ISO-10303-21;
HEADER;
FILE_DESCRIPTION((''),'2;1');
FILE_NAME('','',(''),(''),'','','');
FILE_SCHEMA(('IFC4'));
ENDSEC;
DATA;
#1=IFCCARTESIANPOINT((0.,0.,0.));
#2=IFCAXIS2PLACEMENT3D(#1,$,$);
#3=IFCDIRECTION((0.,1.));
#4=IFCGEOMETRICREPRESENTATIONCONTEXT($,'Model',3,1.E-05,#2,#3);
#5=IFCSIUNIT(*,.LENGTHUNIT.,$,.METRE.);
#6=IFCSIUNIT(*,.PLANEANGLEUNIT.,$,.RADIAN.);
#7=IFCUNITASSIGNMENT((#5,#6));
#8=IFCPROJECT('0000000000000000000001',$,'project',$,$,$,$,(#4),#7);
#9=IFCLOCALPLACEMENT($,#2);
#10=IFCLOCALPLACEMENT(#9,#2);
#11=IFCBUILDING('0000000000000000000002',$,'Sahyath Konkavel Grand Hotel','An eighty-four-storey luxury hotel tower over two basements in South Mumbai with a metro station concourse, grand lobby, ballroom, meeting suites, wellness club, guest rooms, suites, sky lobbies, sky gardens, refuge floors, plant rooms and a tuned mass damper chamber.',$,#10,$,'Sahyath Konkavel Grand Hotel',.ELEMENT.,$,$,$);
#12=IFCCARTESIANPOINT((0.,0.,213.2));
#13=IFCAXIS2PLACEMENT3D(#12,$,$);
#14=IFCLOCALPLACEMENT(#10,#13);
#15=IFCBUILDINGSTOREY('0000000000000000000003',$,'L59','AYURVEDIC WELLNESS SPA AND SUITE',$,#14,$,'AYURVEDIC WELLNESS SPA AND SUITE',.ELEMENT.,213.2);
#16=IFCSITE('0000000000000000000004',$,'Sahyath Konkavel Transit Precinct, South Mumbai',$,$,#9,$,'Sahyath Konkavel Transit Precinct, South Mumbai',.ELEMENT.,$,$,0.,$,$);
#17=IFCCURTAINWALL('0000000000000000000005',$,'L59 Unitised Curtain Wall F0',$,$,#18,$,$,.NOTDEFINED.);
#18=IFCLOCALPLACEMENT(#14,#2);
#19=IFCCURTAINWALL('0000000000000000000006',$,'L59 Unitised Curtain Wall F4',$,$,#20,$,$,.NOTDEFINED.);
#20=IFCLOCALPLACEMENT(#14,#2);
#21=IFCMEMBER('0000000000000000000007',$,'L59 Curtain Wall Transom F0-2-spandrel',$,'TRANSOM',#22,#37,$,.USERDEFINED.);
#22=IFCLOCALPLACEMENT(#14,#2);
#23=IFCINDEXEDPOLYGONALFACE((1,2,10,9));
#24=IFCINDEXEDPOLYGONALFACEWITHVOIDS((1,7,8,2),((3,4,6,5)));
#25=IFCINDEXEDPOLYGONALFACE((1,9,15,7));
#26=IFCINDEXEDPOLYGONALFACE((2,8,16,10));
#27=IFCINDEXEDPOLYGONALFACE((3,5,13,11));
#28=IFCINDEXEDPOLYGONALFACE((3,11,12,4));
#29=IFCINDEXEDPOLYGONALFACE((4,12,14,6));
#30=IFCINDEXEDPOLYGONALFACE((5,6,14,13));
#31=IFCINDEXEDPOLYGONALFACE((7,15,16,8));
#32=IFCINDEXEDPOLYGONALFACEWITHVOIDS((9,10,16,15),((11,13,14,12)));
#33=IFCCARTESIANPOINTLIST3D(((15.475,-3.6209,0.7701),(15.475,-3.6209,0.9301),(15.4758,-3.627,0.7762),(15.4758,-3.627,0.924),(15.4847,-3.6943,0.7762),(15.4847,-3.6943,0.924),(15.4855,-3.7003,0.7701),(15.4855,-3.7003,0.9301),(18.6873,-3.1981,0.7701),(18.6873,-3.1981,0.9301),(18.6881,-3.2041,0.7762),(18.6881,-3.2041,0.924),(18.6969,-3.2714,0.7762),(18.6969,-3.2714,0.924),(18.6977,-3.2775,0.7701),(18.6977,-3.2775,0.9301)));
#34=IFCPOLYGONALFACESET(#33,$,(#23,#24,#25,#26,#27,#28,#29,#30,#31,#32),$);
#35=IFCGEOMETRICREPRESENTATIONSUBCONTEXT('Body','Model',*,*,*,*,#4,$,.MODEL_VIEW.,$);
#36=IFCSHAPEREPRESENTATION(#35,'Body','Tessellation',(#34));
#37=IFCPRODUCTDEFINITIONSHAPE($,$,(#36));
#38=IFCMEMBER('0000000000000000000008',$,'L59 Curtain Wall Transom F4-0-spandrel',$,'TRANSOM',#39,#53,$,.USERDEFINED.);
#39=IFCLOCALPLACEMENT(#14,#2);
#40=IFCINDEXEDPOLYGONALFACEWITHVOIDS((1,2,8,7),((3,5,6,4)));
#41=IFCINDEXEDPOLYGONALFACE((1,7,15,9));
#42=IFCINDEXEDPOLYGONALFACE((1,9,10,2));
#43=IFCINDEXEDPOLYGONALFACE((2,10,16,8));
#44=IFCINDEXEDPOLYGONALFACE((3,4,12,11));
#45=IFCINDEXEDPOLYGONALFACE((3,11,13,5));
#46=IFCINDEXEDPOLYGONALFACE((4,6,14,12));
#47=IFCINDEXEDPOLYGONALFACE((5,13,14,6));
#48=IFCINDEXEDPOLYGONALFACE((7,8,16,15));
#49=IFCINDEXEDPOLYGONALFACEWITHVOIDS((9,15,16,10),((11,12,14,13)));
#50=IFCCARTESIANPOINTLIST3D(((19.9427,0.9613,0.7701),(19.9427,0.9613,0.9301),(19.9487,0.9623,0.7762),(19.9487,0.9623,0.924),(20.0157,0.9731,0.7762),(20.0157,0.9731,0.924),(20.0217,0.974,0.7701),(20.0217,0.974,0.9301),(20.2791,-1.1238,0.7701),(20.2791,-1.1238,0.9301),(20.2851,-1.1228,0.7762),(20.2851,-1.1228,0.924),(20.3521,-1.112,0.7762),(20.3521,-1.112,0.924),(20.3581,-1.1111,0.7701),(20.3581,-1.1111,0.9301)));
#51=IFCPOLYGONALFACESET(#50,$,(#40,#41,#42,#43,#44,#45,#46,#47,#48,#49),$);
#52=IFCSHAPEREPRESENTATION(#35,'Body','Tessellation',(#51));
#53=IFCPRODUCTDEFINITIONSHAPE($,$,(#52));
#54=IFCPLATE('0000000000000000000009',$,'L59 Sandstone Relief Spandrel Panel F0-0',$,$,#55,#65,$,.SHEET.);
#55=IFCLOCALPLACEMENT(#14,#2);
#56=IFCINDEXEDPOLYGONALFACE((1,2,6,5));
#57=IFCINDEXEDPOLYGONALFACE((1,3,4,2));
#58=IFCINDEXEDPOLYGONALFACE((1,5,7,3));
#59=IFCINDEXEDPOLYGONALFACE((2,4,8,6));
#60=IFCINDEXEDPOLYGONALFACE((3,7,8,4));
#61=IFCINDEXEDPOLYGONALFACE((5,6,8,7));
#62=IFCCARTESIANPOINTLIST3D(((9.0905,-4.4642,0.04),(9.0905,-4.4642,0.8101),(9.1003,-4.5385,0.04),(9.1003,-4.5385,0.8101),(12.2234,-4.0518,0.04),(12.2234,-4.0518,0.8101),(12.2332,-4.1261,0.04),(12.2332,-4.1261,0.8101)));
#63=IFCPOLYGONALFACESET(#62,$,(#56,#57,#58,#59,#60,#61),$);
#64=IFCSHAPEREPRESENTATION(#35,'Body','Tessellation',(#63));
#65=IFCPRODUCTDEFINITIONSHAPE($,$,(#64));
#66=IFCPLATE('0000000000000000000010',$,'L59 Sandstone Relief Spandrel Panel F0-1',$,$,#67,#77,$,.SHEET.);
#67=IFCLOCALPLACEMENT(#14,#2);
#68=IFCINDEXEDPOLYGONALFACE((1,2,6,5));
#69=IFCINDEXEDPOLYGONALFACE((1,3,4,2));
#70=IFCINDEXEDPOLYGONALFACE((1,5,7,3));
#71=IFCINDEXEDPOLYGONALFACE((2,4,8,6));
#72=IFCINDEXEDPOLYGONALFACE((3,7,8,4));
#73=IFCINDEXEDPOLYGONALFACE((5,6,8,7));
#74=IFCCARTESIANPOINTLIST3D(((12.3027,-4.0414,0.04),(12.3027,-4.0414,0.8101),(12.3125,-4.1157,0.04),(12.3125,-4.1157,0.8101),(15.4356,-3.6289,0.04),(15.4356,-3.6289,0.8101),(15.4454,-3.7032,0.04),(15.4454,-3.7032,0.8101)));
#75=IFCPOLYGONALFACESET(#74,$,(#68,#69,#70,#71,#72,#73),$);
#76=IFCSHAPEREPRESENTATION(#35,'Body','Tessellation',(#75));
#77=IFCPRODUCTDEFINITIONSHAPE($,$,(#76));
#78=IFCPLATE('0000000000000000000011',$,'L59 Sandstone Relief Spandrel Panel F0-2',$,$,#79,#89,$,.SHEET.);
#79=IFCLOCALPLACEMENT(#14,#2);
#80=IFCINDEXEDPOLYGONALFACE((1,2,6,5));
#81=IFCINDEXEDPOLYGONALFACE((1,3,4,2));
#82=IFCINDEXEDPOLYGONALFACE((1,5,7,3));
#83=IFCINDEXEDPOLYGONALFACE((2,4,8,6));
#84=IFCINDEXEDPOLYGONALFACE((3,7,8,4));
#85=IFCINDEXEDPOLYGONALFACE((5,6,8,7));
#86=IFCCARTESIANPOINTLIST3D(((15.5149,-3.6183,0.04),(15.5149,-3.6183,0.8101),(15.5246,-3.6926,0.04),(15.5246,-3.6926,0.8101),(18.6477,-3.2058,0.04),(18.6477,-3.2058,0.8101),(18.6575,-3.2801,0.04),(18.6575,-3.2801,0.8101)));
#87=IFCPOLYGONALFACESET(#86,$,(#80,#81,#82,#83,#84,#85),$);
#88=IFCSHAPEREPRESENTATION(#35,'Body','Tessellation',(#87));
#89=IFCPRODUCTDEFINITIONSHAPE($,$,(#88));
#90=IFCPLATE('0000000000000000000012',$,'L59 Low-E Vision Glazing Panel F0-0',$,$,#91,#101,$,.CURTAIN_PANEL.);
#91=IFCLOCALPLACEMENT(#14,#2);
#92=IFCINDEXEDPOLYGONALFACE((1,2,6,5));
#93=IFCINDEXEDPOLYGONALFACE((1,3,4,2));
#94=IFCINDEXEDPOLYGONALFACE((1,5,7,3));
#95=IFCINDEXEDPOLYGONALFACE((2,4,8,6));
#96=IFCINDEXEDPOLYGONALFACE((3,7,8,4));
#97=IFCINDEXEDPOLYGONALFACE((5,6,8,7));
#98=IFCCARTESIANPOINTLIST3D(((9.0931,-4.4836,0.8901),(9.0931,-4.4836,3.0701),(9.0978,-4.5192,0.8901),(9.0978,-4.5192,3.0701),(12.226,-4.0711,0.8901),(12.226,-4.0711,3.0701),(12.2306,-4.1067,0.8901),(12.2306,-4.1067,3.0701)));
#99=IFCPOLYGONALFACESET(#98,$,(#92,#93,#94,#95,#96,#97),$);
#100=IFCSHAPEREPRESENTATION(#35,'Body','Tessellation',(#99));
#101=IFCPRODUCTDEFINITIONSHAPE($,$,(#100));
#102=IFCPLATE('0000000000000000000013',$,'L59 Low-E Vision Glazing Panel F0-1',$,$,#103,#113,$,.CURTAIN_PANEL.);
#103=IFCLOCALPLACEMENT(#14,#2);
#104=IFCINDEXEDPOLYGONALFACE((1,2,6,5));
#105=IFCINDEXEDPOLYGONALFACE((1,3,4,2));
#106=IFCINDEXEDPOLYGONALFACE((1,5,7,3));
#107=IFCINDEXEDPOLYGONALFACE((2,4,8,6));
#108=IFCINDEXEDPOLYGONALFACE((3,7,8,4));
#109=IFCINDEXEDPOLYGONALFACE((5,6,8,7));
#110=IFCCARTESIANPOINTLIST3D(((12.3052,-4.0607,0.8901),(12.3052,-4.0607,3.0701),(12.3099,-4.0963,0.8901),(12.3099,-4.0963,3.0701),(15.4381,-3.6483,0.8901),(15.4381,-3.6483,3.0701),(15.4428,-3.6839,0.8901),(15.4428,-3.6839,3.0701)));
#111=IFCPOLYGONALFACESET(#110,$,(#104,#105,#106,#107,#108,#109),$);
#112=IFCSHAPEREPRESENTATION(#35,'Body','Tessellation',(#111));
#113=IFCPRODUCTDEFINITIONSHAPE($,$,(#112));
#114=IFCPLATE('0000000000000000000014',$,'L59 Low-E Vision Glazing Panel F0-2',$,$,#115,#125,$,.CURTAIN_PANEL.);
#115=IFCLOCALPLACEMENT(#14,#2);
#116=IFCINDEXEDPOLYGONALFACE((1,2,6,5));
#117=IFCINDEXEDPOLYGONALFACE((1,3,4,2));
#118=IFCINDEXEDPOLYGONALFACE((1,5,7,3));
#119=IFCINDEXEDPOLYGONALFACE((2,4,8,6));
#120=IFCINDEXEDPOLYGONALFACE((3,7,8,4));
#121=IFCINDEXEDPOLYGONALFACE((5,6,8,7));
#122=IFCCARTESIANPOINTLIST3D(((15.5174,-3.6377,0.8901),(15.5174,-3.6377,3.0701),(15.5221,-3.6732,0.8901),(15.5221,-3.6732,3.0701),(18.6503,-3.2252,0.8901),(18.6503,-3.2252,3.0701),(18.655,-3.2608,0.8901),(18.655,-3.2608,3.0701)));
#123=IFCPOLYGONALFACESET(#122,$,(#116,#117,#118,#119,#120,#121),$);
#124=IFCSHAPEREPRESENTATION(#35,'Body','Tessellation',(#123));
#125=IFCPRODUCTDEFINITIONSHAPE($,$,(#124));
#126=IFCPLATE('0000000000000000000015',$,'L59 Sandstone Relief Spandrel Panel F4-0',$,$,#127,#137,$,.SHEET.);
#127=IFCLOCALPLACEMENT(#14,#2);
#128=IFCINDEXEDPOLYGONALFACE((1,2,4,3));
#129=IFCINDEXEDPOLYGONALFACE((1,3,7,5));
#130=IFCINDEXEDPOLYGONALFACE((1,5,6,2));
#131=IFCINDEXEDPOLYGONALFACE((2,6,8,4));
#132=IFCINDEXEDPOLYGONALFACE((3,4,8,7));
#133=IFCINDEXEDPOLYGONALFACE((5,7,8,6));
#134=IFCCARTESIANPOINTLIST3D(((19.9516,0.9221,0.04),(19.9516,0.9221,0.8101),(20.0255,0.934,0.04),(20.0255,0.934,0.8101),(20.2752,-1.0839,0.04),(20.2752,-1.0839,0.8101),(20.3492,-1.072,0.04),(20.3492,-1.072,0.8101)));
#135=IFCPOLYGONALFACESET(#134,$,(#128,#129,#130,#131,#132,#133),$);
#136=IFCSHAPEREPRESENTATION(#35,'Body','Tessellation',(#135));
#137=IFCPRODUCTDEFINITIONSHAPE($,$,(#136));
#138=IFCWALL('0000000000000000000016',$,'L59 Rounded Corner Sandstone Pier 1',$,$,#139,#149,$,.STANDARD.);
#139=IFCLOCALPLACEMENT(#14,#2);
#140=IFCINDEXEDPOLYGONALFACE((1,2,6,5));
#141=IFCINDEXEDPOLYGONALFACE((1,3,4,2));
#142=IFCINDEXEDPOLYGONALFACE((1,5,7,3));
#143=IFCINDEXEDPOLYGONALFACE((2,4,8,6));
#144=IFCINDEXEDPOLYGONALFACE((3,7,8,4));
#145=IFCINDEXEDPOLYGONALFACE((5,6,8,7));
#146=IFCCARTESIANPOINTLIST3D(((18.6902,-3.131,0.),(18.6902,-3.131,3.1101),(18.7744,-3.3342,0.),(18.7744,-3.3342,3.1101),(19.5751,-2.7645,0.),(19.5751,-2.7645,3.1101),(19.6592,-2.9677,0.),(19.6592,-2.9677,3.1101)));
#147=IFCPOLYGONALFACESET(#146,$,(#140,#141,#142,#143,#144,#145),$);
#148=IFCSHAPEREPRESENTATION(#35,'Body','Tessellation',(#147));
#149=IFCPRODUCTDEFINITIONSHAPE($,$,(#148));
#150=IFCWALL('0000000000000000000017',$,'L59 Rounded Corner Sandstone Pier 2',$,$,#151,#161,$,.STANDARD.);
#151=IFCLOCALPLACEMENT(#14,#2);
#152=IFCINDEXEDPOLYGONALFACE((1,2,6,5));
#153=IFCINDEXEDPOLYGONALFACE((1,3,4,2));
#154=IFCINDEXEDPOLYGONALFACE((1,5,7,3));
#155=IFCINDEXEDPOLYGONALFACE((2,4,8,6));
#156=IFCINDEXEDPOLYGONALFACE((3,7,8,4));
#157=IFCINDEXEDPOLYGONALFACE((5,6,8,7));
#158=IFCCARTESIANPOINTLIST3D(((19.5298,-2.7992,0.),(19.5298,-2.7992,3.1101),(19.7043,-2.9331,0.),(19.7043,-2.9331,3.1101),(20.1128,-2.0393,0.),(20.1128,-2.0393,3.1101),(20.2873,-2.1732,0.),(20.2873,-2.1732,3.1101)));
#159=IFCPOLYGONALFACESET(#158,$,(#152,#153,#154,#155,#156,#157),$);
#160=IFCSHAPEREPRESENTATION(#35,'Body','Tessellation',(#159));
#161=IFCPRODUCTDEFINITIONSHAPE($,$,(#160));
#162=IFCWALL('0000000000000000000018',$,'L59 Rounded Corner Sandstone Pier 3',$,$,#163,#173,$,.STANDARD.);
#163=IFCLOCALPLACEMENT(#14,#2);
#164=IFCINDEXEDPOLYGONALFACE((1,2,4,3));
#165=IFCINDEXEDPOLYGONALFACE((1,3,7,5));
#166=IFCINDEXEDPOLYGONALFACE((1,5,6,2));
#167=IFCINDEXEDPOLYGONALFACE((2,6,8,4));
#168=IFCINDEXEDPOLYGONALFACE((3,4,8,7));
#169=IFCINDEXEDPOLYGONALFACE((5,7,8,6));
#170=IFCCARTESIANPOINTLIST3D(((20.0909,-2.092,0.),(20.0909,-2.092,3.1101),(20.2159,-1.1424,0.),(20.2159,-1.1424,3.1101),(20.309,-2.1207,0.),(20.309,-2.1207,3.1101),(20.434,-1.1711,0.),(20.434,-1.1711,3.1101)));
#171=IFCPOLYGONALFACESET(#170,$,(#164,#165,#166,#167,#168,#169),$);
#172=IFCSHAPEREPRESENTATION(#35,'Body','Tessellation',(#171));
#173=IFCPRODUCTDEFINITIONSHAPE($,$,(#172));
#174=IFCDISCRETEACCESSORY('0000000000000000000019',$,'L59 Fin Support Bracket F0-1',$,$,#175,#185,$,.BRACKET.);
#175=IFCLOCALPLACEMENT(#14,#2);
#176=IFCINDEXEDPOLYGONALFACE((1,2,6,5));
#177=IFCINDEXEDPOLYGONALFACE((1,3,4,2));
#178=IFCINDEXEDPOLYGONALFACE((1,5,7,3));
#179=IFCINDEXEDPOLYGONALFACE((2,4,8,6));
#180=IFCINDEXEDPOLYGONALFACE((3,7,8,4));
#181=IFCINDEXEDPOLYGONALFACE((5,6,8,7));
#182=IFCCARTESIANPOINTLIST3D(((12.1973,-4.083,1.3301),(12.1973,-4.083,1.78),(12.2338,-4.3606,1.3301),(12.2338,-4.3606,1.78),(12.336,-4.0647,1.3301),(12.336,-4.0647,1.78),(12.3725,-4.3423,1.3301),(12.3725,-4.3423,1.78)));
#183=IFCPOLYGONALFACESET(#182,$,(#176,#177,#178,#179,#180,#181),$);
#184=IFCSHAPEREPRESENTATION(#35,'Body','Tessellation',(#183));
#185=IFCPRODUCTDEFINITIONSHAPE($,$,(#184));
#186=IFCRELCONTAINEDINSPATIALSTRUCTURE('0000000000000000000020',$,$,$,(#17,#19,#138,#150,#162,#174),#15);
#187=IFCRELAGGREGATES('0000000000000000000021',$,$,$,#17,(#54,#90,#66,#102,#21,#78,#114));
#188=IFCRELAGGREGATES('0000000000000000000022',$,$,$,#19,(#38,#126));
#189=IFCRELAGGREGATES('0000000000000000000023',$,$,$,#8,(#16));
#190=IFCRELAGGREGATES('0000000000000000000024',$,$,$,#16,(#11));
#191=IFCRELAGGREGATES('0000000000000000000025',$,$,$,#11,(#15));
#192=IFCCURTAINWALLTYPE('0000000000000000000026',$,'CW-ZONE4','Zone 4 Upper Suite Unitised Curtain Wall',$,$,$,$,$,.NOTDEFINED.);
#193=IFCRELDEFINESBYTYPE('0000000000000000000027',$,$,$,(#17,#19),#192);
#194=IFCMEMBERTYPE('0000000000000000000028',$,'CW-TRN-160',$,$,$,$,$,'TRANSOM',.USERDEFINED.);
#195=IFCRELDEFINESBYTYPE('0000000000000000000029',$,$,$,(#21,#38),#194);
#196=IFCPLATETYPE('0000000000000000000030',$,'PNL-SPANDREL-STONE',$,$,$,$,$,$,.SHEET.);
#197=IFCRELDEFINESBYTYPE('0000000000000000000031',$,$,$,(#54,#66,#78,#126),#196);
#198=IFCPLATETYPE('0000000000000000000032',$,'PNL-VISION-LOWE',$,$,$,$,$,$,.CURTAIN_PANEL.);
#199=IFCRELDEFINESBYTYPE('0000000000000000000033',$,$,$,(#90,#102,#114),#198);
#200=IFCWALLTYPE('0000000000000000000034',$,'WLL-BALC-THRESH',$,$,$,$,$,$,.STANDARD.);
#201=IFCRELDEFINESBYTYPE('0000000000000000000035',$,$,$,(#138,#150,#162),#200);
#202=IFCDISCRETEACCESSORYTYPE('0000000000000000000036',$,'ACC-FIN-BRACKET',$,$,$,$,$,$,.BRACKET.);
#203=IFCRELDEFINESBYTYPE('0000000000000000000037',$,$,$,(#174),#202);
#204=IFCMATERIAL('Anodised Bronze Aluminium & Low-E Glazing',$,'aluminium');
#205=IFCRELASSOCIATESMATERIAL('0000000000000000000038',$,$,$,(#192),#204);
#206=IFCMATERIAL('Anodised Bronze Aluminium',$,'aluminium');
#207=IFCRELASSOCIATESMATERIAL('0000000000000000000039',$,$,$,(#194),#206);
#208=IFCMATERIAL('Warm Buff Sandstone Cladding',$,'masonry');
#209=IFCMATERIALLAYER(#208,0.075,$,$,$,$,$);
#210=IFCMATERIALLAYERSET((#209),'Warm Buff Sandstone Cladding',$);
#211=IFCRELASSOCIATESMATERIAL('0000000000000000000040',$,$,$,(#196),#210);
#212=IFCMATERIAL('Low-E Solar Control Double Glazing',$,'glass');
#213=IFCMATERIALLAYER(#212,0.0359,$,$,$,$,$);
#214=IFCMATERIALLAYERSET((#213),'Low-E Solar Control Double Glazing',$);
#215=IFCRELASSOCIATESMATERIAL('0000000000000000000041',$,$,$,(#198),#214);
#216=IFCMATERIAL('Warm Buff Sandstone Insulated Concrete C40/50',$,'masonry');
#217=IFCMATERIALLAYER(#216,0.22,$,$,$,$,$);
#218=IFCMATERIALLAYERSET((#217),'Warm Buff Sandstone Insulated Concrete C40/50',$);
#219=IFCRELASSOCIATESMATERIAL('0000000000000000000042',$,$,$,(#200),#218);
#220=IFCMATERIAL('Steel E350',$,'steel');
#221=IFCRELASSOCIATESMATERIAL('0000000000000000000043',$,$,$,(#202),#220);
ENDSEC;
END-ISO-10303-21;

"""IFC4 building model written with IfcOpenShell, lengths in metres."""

from ifc_helpers import new_model, si_unit, direction, frame, frame_2d, origin, origin_2d, place, context, subcontext, project, spatial, rectangle, hollow_rectangle, extrude, source, transform, mapped, material, layer, layer_set, material_profile, profile_set, type_object, element, aggregate, save


model = new_model("IFC4")

# Units and contexts
model_context = context("Model", 3, precision=1e-05, world=origin(), true_north=direction((0.0, 1.0)))
body_context = subcontext(model_context, "Body", "Model", "MODEL_VIEW")
ifc_project = project(units=[si_unit("LENGTHUNIT", "METRE"), si_unit("PLANEANGLEUNIT", "RADIAN")], contexts=[model_context])

# Site, building, storey
site_placement = place(None, origin())
site = spatial("IfcSite", under=ifc_project, at=site_placement, Name="Sahyath Konkavel Transit Precinct, South Mumbai", LongName="Sahyath Konkavel Transit Precinct, South Mumbai", CompositionType="ELEMENT", RefElevation=0.0)
building_placement = place(site_placement, origin())
building = spatial("IfcBuilding", under=site, at=building_placement, Name="Sahyath Konkavel Grand Hotel", Description="An eighty-four-storey luxury hotel tower over two basements in South Mumbai with a metro station concourse, grand lobby, ballroom, meeting suites, wellness club, guest rooms, suites, sky lobbies, sky gardens, refuge floors, plant rooms and a tuned mass damper chamber.", LongName="Sahyath Konkavel Grand Hotel", CompositionType="ELEMENT")
storey_placement = place(building_placement, frame((0.0, 0.0, 213.2)))
storey = spatial("IfcBuildingStorey", under=building, at=storey_placement, Name="L59", Description="AYURVEDIC WELLNESS SPA AND SUITE", LongName="AYURVEDIC WELLNESS SPA AND SUITE", CompositionType="ELEMENT", Elevation=213.2)

# Shared definitions
ifc_material_1 = material(Name="Steel E350", Category="steel")

# Curtain wall
ifc_material_2 = material(Name="Anodised Bronze Aluminium & Low-E Glazing", Category="aluminium")
curtain_wall_type = type_object("IfcCurtainWallType", Name="CW-ZONE4", Description="Zone 4 Upper Suite Unitised Curtain Wall", PredefinedType="NOTDEFINED", material=ifc_material_2)
curtain_wall_1_placement = place(storey_placement, origin())
curtain_wall_1 = element("IfcCurtainWall", 1, at=curtain_wall_1_placement, inside=storey, type_object=curtain_wall_type, Name="L59 Unitised Curtain Wall F0", PredefinedType="NOTDEFINED")
ifc_material_3 = material(Name="Anodised Bronze Aluminium", Category="aluminium")

# Curtain wall
curtain_wall_2_placement = place(storey_placement, origin())
curtain_wall_2 = element("IfcCurtainWall", 2, at=curtain_wall_2_placement, inside=storey, type_object=curtain_wall_type, Name="L59 Unitised Curtain Wall F4", PredefinedType="NOTDEFINED")

# Members
ifc_material_profile_1 = material_profile(ifc_material_3, hollow_rectangle(XDim=0.0801, YDim=0.1599, WallThickness=0.0061, at=origin_2d()), Name="RHS 160x80x6")
ifc_profile_set_1 = profile_set([ifc_material_profile_1], Name="Anodised Bronze Aluminium")
member_type_1 = type_object("IfcMemberType", Name="CW-TRN-160", ElementType="TRANSOM", PredefinedType="USERDEFINED", material=ifc_profile_set_1)
shared_shape_1 = source(origin(), body_context, "Body", "SweptSolid", [
    extrude(hollow_rectangle(XDim=0.0801, YDim=0.1599, WallThickness=0.0061, at=origin_2d()), origin(), (0.0, 0.0, 1.0), 3.24),
])
member_1_placement = place(storey_placement, frame((15.4802, -3.6606, 0.8501), z_axis=(0.991446, 0.130515, 0.0), x_axis=(-0.130515, 0.991446, 0.0)))
member_1 = element("IfcMember", 3, at=member_1_placement, type_object=member_type_1, Name="L59 Curtain Wall Transom F0-2-spandrel", ObjectType="TRANSOM", PredefinedType="USERDEFINED", context=body_context, shape_type="MappedRepresentation", body=[
    mapped(shared_shape_1, transform((0.0, 0.0, 0.0), scale=1.0)),
])
shared_shape_2 = source(origin(), body_context, "Body", "SweptSolid", [
    extrude(hollow_rectangle(XDim=0.0801, YDim=0.1599, WallThickness=0.0061, at=origin_2d()), origin(), (0.0, 0.0, 1.0), 2.1121),
])
member_2_placement = place(storey_placement, frame((20.3186, -1.1174, 0.8501), z_axis=(-0.15928, 0.987233, 0.0), x_axis=(-0.987233, -0.15928, 0.0)))
member_2 = element("IfcMember", 4, at=member_2_placement, type_object=member_type_1, Name="L59 Curtain Wall Transom F4-0-spandrel", ObjectType="TRANSOM", PredefinedType="USERDEFINED", context=body_context, shape_type="MappedRepresentation", body=[
    mapped(shared_shape_2, transform((0.0, 0.0, 0.0), scale=1.0)),
])

# Plates
ifc_material_4 = material(Name="Warm Buff Sandstone Cladding", Category="masonry")
ifc_layer_1 = layer(ifc_material_4, 0.075)
ifc_layer_set_1 = layer_set([ifc_layer_1], Name="Warm Buff Sandstone Cladding")
plate_type_1 = type_object("IfcPlateType", Name="PNL-SPANDREL-STONE", PredefinedType="SHEET", material=ifc_layer_set_1)
shared_shape_3 = source(origin(), body_context, "Body", "SweptSolid", [
    extrude(rectangle(XDim=3.1599, YDim=0.075, at=origin_2d()), origin(), (0.0, 0.0, 1.0), 0.77),
])
plate_1_placement = place(storey_placement, frame((10.6619, -4.2952, 0.04), z_axis=(0.0, 0.0, 1.0), x_axis=(0.991445, 0.130526, 0.0)))
plate_1 = element("IfcPlate", 5, at=plate_1_placement, type_object=plate_type_1, Name="L59 Sandstone Relief Spandrel Panel F0-0", PredefinedType="SHEET", context=body_context, shape_type="MappedRepresentation", body=[
    mapped(shared_shape_3, transform((0.0, 0.0, 0.0), scale=1.0)),
])
plate_2_placement = place(storey_placement, frame((13.874, -3.8723, 0.04), z_axis=(0.0, 0.0, 1.0), x_axis=(0.991445, 0.130526, 0.0)))
plate_2 = element("IfcPlate", 6, at=plate_2_placement, type_object=plate_type_1, Name="L59 Sandstone Relief Spandrel Panel F0-1", PredefinedType="SHEET", context=body_context, shape_type="MappedRepresentation", body=[
    mapped(shared_shape_3, transform((0.0, 0.0, 0.0), scale=1.0)),
])
plate_3_placement = place(storey_placement, frame((17.0862, -3.4492, 0.04), z_axis=(0.0, 0.0, 1.0), x_axis=(0.991445, 0.130526, 0.0)))
plate_3 = element("IfcPlate", 7, at=plate_3_placement, type_object=plate_type_1, Name="L59 Sandstone Relief Spandrel Panel F0-2", PredefinedType="SHEET", context=body_context, shape_type="MappedRepresentation", body=[
    mapped(shared_shape_3, transform((0.0, 0.0, 0.0), scale=1.0)),
])
ifc_material_5 = material(Name="Low-E Solar Control Double Glazing", Category="glass")
ifc_layer_2 = layer(ifc_material_5, 0.0359)
ifc_layer_set_2 = layer_set([ifc_layer_2], Name="Low-E Solar Control Double Glazing")
plate_type_2 = type_object("IfcPlateType", Name="PNL-VISION-LOWE", PredefinedType="CURTAIN_PANEL", material=ifc_layer_set_2)
shared_shape_4 = source(origin(), body_context, "Body", "SweptSolid", [
    extrude(rectangle(XDim=3.1599, YDim=0.0359, at=origin_2d()), origin(), (0.0, 0.0, 1.0), 2.1799),
])
plate_4_placement = place(storey_placement, frame((10.6619, -4.2952, 0.8901), z_axis=(0.0, 0.0, 1.0), x_axis=(0.991445, 0.130526, 0.0)))
plate_4 = element("IfcPlate", 8, at=plate_4_placement, type_object=plate_type_2, Name="L59 Low-E Vision Glazing Panel F0-0", PredefinedType="CURTAIN_PANEL", context=body_context, shape_type="MappedRepresentation", body=[
    mapped(shared_shape_4, transform((0.0, 0.0, 0.0), scale=1.0)),
])
plate_5_placement = place(storey_placement, frame((13.874, -3.8723, 0.8901), z_axis=(0.0, 0.0, 1.0), x_axis=(0.991445, 0.130526, 0.0)))
plate_5 = element("IfcPlate", 9, at=plate_5_placement, type_object=plate_type_2, Name="L59 Low-E Vision Glazing Panel F0-1", PredefinedType="CURTAIN_PANEL", context=body_context, shape_type="MappedRepresentation", body=[
    mapped(shared_shape_4, transform((0.0, 0.0, 0.0), scale=1.0)),
])
plate_6_placement = place(storey_placement, frame((17.0862, -3.4492, 0.8901), z_axis=(0.0, 0.0, 1.0), x_axis=(0.991445, 0.130526, 0.0)))
plate_6 = element("IfcPlate", 10, at=plate_6_placement, type_object=plate_type_2, Name="L59 Low-E Vision Glazing Panel F0-2", PredefinedType="CURTAIN_PANEL", context=body_context, shape_type="MappedRepresentation", body=[
    mapped(shared_shape_4, transform((0.0, 0.0, 0.0), scale=1.0)),
])
aggregate(curtain_wall_1, [plate_1, plate_4, plate_2, plate_5, member_1, plate_3, plate_6])
shared_shape_5 = source(origin(), body_context, "Body", "SweptSolid", [
    extrude(rectangle(XDim=2.032, YDim=0.075, at=origin_2d()), origin(), (0.0, 0.0, 1.0), 0.77),
])
plate_7_placement = place(storey_placement, frame((20.1504, -0.075, 0.04), z_axis=(0.0, 0.0, 1.0), x_axis=(-0.159295, 0.987231, 0.0)))
plate_7 = element("IfcPlate", 11, at=plate_7_placement, type_object=plate_type_1, Name="L59 Sandstone Relief Spandrel Panel F4-0", PredefinedType="SHEET", context=body_context, shape_type="MappedRepresentation", body=[
    mapped(shared_shape_5, transform((0.0, 0.0, 0.0), scale=1.0)),
])
aggregate(curtain_wall_2, [member_2, plate_7])

# Walls
ifc_material_6 = material(Name="Warm Buff Sandstone Insulated Concrete C40/50", Category="masonry")
ifc_layer_3 = layer(ifc_material_6, 0.22)
ifc_layer_set_3 = layer_set([ifc_layer_3], Name="Warm Buff Sandstone Insulated Concrete C40/50")
wall_type = type_object("IfcWallType", Name="WLL-BALC-THRESH", PredefinedType="STANDARD", material=ifc_layer_set_3)
for number, where, z_axis, x_axis, name in (
    (12, (18.7322, -3.2327, 0.0), (0.0, 0.0, 1.0), (0.923889, 0.38266, 0.0), "L59 Rounded Corner Sandstone Pier 1"),
    (13, (19.6169, -2.8662, 0.0), (0.0, 0.0, 1.0), (0.608774, 0.793344, 0.0), "L59 Rounded Corner Sandstone Pier 2"),
    (14, (20.2, -2.1064, 0.0), (0.0, 0.0, 1.0), (0.130527, 0.991445, 0.0), "L59 Rounded Corner Sandstone Pier 3"),
):
    element("IfcWall", number, at=place(storey_placement, frame(where, z_axis=z_axis, x_axis=x_axis)), inside=storey, type_object=wall_type, Name=name, PredefinedType="STANDARD", context=body_context, shape_type="SweptSolid", body=[
        extrude(rectangle(XDim=0.9578, YDim=0.22, at=frame_2d((0.479, 0.0))), origin(), (0.0, 0.0, 1.0), 3.1101),
    ])

# Discrete accessory
discrete_accessory_type = type_object("IfcDiscreteAccessoryType", Name="ACC-FIN-BRACKET", PredefinedType="BRACKET", material=ifc_material_1)
shared_shape_6 = source(origin(), body_context, "Body", "SweptSolid", [
    extrude(rectangle(XDim=0.28, YDim=0.1399, at=origin_2d()), origin(), (0.0, 0.0, 1.0), 0.45),
])
discrete_accessory_placement = place(storey_placement, frame((12.2849, -4.2126, 1.3301), z_axis=(0.0, 0.0, 1.0), x_axis=(0.130526, -0.991445, 0.0)))
element("IfcDiscreteAccessory", 15, at=discrete_accessory_placement, inside=storey, type_object=discrete_accessory_type, Name="L59 Fin Support Bracket F0-1", PredefinedType="BRACKET", context=body_context, shape_type="MappedRepresentation", body=[
    mapped(shared_shape_6, transform((0.0, 0.0, 0.0), scale=1.0)),
])

save(model, "model.ifc")
